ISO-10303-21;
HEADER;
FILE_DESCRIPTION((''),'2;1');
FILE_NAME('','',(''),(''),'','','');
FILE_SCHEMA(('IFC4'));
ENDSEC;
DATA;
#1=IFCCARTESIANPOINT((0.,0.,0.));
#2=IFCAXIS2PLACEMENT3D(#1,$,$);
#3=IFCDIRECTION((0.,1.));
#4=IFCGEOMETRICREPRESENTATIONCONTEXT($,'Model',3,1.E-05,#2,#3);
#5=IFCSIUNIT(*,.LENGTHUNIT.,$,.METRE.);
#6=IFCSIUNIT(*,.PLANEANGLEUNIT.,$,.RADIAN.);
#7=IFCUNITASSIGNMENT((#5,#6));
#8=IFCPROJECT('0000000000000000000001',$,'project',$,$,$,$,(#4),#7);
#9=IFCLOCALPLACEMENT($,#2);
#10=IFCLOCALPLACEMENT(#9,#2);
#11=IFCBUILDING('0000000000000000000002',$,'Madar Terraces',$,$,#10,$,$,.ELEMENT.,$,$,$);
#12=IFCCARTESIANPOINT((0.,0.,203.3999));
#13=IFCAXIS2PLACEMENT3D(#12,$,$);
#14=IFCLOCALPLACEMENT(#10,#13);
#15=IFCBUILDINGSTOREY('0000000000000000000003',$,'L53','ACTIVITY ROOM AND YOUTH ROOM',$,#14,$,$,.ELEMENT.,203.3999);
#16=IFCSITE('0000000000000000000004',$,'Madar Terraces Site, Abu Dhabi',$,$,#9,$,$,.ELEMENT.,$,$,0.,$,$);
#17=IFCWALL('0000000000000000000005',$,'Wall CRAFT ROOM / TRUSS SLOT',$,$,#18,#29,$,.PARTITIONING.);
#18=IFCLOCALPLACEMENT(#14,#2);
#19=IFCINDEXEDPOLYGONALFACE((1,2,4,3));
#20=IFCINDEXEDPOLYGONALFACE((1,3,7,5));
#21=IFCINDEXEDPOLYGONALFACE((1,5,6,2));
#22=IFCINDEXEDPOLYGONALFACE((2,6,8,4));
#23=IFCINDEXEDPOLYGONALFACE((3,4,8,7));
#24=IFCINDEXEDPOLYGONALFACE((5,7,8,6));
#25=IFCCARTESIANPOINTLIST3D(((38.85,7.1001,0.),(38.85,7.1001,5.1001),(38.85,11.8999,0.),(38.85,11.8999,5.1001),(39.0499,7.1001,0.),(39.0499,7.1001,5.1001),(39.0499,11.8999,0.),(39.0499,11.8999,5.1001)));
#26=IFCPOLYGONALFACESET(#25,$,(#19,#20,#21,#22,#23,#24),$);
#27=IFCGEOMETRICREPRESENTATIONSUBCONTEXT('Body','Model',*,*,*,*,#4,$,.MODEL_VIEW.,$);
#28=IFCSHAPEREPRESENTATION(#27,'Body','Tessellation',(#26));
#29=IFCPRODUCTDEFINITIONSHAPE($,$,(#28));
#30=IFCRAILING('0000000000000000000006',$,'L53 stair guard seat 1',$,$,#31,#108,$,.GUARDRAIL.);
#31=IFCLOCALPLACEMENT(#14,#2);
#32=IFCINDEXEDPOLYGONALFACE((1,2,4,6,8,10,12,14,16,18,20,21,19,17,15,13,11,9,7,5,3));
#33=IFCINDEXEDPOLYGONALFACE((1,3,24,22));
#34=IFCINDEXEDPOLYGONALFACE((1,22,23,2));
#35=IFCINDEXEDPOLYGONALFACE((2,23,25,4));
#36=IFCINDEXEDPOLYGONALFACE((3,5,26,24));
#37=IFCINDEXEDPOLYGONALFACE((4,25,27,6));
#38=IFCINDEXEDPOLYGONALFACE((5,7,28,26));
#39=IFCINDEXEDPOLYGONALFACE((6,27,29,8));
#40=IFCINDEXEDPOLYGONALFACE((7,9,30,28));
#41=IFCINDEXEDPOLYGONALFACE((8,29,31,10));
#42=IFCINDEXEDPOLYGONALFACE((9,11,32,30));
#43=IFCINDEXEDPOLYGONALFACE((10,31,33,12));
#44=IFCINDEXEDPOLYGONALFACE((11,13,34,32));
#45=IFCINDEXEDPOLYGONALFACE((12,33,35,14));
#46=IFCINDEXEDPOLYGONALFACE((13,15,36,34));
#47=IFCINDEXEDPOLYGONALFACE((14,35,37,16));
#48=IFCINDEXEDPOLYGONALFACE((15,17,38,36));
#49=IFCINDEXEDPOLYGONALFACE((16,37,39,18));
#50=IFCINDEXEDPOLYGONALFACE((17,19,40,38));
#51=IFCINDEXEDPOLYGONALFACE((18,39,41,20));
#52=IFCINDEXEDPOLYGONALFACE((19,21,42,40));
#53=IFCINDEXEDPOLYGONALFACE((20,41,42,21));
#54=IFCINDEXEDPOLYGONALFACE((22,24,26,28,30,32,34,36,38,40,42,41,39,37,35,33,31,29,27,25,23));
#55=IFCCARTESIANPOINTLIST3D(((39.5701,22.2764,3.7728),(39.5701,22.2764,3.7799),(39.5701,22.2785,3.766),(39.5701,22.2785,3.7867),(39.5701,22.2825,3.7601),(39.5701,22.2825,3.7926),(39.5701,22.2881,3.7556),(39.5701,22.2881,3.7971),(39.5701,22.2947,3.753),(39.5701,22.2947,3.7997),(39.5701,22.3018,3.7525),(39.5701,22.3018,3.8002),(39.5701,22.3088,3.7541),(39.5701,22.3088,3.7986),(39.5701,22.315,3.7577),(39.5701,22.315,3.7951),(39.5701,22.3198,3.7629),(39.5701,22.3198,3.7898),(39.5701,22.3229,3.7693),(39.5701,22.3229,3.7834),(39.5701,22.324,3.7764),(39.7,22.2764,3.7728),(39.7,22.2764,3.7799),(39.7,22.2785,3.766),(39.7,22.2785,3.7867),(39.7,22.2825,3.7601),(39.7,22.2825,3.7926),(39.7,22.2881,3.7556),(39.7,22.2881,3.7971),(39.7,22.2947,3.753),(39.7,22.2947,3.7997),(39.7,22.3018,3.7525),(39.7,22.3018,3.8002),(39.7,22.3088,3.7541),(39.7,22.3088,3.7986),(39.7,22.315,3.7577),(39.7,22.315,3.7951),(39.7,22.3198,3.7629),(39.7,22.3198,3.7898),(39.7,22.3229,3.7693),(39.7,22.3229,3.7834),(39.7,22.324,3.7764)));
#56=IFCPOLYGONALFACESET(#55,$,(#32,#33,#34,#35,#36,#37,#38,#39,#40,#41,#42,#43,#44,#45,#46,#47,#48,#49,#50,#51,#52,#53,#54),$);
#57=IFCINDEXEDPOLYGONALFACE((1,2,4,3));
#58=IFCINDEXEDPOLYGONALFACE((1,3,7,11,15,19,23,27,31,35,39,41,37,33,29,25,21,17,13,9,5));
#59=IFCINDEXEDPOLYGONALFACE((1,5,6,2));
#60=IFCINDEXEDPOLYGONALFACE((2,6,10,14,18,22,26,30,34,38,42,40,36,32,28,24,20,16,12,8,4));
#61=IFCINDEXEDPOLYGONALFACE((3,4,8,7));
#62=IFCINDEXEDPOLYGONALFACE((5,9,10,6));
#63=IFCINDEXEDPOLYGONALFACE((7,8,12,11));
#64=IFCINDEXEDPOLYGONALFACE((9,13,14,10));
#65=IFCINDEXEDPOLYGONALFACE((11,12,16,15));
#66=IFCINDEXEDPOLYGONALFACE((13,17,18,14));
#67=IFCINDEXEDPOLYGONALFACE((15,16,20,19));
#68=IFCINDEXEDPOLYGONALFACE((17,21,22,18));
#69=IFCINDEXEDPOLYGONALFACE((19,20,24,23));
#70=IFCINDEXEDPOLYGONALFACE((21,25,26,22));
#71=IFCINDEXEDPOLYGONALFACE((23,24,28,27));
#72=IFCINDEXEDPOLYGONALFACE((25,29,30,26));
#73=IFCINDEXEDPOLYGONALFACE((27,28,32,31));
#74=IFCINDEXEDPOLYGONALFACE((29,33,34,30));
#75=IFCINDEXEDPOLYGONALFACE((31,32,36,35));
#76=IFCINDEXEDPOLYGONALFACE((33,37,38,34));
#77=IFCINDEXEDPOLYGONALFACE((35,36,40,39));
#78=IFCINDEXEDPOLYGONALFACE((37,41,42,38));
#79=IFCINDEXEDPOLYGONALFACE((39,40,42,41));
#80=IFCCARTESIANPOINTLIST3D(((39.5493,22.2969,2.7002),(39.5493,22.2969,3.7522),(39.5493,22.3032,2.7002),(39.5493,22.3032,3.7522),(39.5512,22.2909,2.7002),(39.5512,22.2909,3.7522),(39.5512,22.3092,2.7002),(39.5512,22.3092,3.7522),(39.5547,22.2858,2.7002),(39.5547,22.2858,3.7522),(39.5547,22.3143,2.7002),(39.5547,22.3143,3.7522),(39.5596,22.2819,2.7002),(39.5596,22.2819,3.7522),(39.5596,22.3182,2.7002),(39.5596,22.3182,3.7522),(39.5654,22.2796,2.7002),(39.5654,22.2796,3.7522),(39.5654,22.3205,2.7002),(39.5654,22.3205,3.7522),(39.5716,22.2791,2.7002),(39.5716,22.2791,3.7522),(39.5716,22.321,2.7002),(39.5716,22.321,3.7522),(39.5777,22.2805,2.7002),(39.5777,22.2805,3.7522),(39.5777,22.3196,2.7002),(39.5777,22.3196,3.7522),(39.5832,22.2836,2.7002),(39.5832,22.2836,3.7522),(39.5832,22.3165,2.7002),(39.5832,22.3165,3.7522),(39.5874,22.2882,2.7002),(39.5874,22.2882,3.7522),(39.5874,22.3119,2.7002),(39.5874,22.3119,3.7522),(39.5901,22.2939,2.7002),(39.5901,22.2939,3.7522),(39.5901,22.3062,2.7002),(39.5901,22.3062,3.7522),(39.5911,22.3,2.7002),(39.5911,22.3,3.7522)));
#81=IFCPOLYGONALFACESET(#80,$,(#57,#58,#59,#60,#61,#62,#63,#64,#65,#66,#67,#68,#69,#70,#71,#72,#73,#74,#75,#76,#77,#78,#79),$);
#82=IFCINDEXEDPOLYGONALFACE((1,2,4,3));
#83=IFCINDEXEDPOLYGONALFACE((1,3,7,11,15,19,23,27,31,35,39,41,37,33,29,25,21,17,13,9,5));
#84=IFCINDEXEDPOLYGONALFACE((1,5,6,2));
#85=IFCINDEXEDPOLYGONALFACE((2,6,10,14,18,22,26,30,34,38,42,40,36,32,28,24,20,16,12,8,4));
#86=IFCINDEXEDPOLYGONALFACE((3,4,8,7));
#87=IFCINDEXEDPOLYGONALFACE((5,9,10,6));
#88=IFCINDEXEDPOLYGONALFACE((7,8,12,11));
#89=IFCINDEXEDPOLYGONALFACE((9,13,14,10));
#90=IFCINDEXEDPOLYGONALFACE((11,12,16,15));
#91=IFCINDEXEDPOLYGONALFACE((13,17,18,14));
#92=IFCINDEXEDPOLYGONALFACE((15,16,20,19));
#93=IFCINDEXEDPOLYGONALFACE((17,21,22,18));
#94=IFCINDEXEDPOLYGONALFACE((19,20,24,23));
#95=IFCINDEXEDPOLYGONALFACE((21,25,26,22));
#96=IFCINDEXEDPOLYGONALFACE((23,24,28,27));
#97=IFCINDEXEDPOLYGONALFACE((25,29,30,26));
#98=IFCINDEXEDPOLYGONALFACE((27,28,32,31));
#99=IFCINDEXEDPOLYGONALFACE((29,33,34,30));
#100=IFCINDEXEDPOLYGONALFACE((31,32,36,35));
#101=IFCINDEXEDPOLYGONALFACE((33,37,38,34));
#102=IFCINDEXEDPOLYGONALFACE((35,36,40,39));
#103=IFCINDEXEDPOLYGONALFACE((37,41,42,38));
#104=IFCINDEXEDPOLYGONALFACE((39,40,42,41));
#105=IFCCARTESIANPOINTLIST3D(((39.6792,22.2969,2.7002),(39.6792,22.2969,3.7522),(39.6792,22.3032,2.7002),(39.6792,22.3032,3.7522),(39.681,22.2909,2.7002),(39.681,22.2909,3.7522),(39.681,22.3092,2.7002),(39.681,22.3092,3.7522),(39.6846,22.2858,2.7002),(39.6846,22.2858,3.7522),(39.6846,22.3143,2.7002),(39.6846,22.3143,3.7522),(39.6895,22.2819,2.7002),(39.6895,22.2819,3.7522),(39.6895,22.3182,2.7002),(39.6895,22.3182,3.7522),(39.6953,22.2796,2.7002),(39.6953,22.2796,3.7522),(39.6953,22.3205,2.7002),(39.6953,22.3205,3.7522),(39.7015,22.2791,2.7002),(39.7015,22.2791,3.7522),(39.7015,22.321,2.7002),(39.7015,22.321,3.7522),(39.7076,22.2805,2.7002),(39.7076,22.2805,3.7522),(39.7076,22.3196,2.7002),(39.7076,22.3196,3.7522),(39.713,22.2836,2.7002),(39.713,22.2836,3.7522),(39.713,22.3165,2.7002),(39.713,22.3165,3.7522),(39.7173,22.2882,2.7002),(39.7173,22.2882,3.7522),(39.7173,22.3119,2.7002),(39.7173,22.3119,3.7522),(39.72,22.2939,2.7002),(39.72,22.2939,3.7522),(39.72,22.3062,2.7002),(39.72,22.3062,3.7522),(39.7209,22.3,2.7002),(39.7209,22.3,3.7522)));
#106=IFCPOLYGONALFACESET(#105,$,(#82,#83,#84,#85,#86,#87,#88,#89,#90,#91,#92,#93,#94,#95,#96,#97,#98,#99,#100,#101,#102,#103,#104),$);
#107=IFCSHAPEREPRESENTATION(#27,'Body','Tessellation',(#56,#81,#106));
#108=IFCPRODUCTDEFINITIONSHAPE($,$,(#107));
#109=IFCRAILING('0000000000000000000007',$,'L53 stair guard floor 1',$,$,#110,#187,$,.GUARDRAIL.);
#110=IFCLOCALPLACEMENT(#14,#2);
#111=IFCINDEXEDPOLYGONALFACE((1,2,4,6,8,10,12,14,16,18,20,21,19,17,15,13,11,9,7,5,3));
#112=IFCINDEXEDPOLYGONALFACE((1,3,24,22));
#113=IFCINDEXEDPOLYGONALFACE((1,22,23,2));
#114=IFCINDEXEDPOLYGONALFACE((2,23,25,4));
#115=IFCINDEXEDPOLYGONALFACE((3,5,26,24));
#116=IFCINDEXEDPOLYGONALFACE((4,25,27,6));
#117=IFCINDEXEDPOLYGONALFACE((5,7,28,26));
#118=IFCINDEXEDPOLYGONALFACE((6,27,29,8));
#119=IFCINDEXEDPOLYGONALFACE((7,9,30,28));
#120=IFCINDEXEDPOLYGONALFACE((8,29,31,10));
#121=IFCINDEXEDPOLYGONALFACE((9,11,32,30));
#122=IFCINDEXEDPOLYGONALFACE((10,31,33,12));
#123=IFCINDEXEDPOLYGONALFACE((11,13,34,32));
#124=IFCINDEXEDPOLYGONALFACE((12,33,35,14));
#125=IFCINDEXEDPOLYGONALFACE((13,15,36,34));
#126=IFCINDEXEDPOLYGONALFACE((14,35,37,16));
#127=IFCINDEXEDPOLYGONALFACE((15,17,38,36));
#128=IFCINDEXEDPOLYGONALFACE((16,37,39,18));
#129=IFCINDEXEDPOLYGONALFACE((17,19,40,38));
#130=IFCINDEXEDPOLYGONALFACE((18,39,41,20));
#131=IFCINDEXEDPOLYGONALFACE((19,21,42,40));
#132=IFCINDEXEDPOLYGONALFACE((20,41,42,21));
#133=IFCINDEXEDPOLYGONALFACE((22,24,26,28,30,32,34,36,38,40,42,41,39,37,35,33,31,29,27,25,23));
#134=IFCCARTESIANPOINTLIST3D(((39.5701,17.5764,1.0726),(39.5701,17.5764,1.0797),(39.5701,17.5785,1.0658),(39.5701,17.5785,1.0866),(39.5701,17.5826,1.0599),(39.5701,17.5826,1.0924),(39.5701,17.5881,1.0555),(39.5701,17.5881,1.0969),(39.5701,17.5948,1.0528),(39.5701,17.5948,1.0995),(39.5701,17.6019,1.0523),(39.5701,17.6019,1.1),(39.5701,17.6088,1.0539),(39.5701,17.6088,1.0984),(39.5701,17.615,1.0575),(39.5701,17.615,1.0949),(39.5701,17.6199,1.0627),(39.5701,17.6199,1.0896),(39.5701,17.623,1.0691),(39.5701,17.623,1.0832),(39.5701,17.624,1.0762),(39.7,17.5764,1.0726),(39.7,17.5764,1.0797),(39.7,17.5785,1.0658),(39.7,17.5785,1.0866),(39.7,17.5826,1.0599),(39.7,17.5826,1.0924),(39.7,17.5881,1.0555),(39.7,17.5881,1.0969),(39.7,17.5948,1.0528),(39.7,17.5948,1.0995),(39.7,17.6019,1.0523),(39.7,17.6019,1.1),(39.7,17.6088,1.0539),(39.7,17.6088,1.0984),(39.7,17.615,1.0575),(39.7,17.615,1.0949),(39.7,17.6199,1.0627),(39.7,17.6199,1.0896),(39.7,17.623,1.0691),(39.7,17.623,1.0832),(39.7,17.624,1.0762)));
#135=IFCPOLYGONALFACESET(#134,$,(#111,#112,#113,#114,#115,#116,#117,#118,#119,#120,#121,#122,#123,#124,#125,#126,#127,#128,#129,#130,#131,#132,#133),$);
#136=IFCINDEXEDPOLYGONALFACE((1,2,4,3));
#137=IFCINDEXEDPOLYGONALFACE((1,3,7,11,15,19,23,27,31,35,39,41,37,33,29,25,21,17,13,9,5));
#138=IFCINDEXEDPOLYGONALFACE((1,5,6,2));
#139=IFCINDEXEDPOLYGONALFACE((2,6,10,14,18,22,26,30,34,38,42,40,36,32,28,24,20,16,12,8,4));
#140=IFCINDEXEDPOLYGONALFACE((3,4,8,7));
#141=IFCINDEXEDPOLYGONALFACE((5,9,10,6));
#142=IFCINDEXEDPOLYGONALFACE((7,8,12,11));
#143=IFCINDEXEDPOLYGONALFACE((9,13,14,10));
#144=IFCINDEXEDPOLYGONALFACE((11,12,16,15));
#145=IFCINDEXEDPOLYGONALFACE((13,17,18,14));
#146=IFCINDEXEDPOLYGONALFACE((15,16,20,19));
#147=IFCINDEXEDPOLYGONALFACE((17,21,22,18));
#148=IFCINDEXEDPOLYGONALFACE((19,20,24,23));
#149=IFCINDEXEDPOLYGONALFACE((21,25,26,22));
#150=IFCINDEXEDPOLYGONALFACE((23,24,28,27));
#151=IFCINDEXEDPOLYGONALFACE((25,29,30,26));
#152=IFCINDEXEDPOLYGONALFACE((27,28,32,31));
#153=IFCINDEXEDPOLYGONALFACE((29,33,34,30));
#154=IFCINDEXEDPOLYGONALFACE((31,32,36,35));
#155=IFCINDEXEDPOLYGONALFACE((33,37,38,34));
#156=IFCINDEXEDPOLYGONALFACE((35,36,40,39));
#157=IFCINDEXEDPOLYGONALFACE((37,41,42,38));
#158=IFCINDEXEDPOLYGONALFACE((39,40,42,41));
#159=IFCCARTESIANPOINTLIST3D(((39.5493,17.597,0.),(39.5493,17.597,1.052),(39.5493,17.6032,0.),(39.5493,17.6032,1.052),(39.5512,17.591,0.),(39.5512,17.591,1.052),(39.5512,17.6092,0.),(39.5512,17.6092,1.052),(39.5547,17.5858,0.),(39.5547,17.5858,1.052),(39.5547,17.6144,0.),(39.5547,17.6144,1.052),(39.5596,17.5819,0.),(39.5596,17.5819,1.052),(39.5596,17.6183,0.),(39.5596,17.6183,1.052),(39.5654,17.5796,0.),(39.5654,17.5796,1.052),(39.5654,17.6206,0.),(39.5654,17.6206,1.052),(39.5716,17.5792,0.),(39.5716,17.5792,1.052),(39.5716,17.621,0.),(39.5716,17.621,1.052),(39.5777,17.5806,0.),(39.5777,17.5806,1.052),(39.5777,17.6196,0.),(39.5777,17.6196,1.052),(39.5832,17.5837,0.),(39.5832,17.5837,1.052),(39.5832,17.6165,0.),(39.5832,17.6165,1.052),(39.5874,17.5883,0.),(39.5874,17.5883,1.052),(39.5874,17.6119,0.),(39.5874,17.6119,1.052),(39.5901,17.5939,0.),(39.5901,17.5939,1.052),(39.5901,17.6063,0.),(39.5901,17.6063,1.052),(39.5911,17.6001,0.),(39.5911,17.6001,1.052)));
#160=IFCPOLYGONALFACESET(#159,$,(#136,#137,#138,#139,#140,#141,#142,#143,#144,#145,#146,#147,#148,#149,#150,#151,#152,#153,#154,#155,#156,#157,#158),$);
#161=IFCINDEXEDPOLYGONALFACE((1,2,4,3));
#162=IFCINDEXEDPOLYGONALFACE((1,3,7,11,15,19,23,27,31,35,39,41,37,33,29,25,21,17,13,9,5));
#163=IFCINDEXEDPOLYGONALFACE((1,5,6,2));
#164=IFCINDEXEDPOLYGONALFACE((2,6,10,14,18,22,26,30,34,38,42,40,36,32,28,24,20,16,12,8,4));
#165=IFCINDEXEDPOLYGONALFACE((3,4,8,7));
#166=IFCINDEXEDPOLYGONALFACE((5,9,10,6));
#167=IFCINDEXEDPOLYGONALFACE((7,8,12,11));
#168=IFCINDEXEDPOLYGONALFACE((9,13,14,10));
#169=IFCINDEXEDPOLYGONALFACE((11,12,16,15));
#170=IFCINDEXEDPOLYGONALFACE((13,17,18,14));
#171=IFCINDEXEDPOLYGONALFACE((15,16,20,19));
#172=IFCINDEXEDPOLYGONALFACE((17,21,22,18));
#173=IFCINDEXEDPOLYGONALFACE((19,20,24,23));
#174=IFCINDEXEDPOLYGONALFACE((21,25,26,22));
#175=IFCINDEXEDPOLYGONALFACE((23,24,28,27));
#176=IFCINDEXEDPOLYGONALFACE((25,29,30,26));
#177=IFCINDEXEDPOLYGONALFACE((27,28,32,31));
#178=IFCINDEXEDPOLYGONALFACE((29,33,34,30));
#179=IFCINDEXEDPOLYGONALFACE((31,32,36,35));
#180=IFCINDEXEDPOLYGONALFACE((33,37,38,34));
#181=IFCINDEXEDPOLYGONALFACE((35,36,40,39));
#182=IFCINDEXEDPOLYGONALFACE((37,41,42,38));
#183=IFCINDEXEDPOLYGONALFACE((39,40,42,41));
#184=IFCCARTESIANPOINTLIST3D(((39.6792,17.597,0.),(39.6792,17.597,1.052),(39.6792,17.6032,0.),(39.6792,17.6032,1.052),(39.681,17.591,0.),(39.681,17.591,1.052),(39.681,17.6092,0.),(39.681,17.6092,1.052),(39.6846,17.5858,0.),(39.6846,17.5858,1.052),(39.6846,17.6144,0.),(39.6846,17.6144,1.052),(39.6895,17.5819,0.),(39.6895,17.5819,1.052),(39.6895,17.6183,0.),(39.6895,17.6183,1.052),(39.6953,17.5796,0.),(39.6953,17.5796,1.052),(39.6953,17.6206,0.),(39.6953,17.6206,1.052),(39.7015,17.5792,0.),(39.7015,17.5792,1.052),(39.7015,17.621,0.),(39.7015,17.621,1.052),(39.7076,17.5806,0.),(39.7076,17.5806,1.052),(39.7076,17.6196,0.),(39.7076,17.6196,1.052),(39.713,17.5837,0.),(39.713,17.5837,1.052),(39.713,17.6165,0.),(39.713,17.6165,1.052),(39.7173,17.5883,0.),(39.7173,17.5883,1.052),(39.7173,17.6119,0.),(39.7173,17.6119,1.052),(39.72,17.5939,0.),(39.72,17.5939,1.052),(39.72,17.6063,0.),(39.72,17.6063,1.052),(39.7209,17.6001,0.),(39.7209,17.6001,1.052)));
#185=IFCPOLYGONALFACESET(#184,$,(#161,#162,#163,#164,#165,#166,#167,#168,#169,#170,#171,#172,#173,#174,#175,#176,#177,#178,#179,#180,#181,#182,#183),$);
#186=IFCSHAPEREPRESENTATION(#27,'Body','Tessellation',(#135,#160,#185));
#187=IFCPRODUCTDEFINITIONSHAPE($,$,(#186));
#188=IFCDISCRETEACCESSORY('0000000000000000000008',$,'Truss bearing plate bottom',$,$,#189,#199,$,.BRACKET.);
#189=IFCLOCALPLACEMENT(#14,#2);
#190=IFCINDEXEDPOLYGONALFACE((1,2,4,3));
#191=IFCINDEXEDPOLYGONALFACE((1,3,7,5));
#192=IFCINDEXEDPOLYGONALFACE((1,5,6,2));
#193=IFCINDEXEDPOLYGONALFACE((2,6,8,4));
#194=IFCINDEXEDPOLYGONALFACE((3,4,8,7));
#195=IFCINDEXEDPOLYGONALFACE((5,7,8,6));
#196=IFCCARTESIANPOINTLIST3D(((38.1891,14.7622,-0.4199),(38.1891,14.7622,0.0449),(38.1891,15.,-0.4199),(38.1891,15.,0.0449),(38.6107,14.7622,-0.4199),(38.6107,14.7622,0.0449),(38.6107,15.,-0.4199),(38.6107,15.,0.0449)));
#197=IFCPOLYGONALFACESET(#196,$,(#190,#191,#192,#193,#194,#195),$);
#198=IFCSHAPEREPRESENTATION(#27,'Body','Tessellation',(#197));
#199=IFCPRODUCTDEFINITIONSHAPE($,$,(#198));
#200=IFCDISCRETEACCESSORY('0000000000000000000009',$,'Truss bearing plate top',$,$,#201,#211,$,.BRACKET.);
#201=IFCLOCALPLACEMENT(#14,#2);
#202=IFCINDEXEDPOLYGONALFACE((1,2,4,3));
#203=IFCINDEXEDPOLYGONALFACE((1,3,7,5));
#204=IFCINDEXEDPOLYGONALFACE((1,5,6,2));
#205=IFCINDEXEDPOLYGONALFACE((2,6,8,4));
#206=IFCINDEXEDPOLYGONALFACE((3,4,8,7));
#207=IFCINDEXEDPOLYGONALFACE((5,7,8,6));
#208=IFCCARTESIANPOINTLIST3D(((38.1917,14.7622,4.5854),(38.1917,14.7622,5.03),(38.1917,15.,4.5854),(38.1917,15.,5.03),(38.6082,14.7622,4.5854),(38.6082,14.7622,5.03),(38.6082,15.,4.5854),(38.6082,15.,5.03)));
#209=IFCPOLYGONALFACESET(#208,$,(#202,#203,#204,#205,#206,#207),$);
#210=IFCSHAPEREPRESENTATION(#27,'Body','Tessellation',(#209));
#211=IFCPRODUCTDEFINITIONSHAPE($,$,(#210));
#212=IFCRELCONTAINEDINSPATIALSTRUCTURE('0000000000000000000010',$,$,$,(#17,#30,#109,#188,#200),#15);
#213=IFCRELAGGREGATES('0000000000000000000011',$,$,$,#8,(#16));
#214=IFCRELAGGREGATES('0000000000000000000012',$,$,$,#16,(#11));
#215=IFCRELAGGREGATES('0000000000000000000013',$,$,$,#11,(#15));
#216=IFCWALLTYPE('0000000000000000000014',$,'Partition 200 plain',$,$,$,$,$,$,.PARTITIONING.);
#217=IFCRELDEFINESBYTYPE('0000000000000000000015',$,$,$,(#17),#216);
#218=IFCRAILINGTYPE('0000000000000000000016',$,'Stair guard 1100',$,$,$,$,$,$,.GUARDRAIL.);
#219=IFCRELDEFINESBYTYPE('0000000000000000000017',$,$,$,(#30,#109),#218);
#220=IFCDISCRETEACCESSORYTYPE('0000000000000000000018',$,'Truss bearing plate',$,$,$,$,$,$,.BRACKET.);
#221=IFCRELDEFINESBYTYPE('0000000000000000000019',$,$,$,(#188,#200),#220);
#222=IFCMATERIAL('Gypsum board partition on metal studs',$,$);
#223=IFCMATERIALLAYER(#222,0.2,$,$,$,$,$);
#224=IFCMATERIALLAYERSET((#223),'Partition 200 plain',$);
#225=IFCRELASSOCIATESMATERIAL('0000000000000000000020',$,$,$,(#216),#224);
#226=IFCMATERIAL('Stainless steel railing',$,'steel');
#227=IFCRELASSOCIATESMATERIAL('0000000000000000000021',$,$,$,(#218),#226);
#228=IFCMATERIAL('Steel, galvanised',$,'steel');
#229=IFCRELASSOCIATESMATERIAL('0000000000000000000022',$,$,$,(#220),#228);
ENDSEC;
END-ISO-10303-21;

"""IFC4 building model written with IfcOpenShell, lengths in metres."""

from ifc_helpers import new_model, si_unit, direction, frame, frame_2d, origin, origin_2d, place, context, subcontext, project, spatial, rectangle, circle, extrude, material, layer, layer_set, type_object, element, save


model = new_model("IFC4")

# Units and contexts
model_context = context("Model", 3, precision=1e-05, world=origin(), true_north=direction((0.0, 1.0)))
body_context = subcontext(model_context, "Body", "Model", "MODEL_VIEW")
ifc_project = project(units=[si_unit("LENGTHUNIT", "METRE"), si_unit("PLANEANGLEUNIT", "RADIAN")], contexts=[model_context])

# Site, building, storey
site_placement = place(None, origin())
site = spatial("IfcSite", under=ifc_project, at=site_placement, Name="Madar Terraces Site, Abu Dhabi", CompositionType="ELEMENT", RefElevation=0.0)
building_placement = place(site_placement, origin())
building = spatial("IfcBuilding", under=site, at=building_placement, Name="Madar Terraces", CompositionType="ELEMENT")
storey_placement = place(building_placement, frame((0.0, 0.0, 203.3999)))
storey = spatial("IfcBuildingStorey", under=building, at=storey_placement, Name="L53", Description="ACTIVITY ROOM AND YOUTH ROOM", CompositionType="ELEMENT", Elevation=203.3999)

# Wall
ifc_material_1 = material(Name="Gypsum board partition on metal studs")
ifc_layer_1 = layer(ifc_material_1, 0.2)
ifc_layer_set_1 = layer_set([ifc_layer_1], Name="Partition 200 plain")
wall_type_1 = type_object("IfcWallType", Name="Partition 200 plain", PredefinedType="PARTITIONING", material=ifc_layer_set_1)
for number, where, z_axis, x_axis, name in (
    (1, (38.95, 7.1001, 0.0), (0.0, 0.0, 1.0), (0.0, 1.0, 0.0), "Wall CRAFT ROOM / TRUSS SLOT"),
):
    element("IfcWall", number, at=place(storey_placement, frame(where, z_axis=z_axis, x_axis=x_axis)), inside=storey, type_object=wall_type_1, Name=name, PredefinedType="PARTITIONING", context=body_context, shape_type="SweptSolid", body=[
        extrude(rectangle(XDim=4.7998, YDim=0.2, at=frame_2d((2.3999, 0.0))), origin(), (0.0, 0.0, 1.0), 5.1001),
    ])

# Railings
ifc_material_2 = material(Name="Stainless steel railing", Category="steel")
railing_type = type_object("IfcRailingType", Name="Stair guard 1100", PredefinedType="GUARDRAIL", material=ifc_material_2)
for number, where, name in (
    (2, (39.5701, 22.3, 2.7002), "L53 stair guard seat 1"),
    (3, (39.5701, 17.6001, 0.0), "L53 stair guard floor 1"),
):
    element("IfcRailing", number, at=place(storey_placement, frame(where)), inside=storey, type_object=railing_type, Name=name, PredefinedType="GUARDRAIL", context=body_context, shape_type="SweptSolid", body=[
        extrude(circle(Radius=0.0239, at=origin_2d()), frame((0.0, 0.0, 1.0762), z_axis=(1.0, 0.0, 0.0), x_axis=(0.0, 1.0, 0.0)), (0.0, 0.0, 1.0), 0.1299),
        extrude(circle(Radius=0.021, at=origin_2d()), origin(), (0.0, 0.0, 1.0), 1.052),
        extrude(circle(Radius=0.021, at=origin_2d()), frame((0.1299, 0.0, 0.0)), (0.0, 0.0, 1.0), 1.052),
    ])

# Discrete accessories
ifc_material_3 = material(Name="Steel, galvanised", Category="steel")
discrete_accessory_type = type_object("IfcDiscreteAccessoryType", Name="Truss bearing plate", PredefinedType="BRACKET", material=ifc_material_3)
discrete_accessory_1_placement = place(storey_placement, frame((38.3999, 14.8811, -0.4199), z_axis=(0.0, 0.0, 1.0), x_axis=(1.0, 0.0, 0.0)))
element("IfcDiscreteAccessory", 4, at=discrete_accessory_1_placement, inside=storey, type_object=discrete_accessory_type, Name="Truss bearing plate bottom", PredefinedType="BRACKET", context=body_context, shape_type="SweptSolid", body=[
    extrude(rectangle(XDim=0.4216, YDim=0.2378, at=origin_2d()), origin(), (0.0, 0.0, 1.0), 0.4648),
])
discrete_accessory_2_placement = place(storey_placement, frame((38.3999, 14.8811, 4.5854), z_axis=(0.0, 0.0, 1.0), x_axis=(1.0, 0.0, 0.0)))
element("IfcDiscreteAccessory", 5, at=discrete_accessory_2_placement, inside=storey, type_object=discrete_accessory_type, Name="Truss bearing plate top", PredefinedType="BRACKET", context=body_context, shape_type="SweptSolid", body=[
    extrude(rectangle(XDim=0.4165, YDim=0.2378, at=origin_2d()), origin(), (0.0, 0.0, 1.0), 0.4446),
])

save(model, "model.ifc")
